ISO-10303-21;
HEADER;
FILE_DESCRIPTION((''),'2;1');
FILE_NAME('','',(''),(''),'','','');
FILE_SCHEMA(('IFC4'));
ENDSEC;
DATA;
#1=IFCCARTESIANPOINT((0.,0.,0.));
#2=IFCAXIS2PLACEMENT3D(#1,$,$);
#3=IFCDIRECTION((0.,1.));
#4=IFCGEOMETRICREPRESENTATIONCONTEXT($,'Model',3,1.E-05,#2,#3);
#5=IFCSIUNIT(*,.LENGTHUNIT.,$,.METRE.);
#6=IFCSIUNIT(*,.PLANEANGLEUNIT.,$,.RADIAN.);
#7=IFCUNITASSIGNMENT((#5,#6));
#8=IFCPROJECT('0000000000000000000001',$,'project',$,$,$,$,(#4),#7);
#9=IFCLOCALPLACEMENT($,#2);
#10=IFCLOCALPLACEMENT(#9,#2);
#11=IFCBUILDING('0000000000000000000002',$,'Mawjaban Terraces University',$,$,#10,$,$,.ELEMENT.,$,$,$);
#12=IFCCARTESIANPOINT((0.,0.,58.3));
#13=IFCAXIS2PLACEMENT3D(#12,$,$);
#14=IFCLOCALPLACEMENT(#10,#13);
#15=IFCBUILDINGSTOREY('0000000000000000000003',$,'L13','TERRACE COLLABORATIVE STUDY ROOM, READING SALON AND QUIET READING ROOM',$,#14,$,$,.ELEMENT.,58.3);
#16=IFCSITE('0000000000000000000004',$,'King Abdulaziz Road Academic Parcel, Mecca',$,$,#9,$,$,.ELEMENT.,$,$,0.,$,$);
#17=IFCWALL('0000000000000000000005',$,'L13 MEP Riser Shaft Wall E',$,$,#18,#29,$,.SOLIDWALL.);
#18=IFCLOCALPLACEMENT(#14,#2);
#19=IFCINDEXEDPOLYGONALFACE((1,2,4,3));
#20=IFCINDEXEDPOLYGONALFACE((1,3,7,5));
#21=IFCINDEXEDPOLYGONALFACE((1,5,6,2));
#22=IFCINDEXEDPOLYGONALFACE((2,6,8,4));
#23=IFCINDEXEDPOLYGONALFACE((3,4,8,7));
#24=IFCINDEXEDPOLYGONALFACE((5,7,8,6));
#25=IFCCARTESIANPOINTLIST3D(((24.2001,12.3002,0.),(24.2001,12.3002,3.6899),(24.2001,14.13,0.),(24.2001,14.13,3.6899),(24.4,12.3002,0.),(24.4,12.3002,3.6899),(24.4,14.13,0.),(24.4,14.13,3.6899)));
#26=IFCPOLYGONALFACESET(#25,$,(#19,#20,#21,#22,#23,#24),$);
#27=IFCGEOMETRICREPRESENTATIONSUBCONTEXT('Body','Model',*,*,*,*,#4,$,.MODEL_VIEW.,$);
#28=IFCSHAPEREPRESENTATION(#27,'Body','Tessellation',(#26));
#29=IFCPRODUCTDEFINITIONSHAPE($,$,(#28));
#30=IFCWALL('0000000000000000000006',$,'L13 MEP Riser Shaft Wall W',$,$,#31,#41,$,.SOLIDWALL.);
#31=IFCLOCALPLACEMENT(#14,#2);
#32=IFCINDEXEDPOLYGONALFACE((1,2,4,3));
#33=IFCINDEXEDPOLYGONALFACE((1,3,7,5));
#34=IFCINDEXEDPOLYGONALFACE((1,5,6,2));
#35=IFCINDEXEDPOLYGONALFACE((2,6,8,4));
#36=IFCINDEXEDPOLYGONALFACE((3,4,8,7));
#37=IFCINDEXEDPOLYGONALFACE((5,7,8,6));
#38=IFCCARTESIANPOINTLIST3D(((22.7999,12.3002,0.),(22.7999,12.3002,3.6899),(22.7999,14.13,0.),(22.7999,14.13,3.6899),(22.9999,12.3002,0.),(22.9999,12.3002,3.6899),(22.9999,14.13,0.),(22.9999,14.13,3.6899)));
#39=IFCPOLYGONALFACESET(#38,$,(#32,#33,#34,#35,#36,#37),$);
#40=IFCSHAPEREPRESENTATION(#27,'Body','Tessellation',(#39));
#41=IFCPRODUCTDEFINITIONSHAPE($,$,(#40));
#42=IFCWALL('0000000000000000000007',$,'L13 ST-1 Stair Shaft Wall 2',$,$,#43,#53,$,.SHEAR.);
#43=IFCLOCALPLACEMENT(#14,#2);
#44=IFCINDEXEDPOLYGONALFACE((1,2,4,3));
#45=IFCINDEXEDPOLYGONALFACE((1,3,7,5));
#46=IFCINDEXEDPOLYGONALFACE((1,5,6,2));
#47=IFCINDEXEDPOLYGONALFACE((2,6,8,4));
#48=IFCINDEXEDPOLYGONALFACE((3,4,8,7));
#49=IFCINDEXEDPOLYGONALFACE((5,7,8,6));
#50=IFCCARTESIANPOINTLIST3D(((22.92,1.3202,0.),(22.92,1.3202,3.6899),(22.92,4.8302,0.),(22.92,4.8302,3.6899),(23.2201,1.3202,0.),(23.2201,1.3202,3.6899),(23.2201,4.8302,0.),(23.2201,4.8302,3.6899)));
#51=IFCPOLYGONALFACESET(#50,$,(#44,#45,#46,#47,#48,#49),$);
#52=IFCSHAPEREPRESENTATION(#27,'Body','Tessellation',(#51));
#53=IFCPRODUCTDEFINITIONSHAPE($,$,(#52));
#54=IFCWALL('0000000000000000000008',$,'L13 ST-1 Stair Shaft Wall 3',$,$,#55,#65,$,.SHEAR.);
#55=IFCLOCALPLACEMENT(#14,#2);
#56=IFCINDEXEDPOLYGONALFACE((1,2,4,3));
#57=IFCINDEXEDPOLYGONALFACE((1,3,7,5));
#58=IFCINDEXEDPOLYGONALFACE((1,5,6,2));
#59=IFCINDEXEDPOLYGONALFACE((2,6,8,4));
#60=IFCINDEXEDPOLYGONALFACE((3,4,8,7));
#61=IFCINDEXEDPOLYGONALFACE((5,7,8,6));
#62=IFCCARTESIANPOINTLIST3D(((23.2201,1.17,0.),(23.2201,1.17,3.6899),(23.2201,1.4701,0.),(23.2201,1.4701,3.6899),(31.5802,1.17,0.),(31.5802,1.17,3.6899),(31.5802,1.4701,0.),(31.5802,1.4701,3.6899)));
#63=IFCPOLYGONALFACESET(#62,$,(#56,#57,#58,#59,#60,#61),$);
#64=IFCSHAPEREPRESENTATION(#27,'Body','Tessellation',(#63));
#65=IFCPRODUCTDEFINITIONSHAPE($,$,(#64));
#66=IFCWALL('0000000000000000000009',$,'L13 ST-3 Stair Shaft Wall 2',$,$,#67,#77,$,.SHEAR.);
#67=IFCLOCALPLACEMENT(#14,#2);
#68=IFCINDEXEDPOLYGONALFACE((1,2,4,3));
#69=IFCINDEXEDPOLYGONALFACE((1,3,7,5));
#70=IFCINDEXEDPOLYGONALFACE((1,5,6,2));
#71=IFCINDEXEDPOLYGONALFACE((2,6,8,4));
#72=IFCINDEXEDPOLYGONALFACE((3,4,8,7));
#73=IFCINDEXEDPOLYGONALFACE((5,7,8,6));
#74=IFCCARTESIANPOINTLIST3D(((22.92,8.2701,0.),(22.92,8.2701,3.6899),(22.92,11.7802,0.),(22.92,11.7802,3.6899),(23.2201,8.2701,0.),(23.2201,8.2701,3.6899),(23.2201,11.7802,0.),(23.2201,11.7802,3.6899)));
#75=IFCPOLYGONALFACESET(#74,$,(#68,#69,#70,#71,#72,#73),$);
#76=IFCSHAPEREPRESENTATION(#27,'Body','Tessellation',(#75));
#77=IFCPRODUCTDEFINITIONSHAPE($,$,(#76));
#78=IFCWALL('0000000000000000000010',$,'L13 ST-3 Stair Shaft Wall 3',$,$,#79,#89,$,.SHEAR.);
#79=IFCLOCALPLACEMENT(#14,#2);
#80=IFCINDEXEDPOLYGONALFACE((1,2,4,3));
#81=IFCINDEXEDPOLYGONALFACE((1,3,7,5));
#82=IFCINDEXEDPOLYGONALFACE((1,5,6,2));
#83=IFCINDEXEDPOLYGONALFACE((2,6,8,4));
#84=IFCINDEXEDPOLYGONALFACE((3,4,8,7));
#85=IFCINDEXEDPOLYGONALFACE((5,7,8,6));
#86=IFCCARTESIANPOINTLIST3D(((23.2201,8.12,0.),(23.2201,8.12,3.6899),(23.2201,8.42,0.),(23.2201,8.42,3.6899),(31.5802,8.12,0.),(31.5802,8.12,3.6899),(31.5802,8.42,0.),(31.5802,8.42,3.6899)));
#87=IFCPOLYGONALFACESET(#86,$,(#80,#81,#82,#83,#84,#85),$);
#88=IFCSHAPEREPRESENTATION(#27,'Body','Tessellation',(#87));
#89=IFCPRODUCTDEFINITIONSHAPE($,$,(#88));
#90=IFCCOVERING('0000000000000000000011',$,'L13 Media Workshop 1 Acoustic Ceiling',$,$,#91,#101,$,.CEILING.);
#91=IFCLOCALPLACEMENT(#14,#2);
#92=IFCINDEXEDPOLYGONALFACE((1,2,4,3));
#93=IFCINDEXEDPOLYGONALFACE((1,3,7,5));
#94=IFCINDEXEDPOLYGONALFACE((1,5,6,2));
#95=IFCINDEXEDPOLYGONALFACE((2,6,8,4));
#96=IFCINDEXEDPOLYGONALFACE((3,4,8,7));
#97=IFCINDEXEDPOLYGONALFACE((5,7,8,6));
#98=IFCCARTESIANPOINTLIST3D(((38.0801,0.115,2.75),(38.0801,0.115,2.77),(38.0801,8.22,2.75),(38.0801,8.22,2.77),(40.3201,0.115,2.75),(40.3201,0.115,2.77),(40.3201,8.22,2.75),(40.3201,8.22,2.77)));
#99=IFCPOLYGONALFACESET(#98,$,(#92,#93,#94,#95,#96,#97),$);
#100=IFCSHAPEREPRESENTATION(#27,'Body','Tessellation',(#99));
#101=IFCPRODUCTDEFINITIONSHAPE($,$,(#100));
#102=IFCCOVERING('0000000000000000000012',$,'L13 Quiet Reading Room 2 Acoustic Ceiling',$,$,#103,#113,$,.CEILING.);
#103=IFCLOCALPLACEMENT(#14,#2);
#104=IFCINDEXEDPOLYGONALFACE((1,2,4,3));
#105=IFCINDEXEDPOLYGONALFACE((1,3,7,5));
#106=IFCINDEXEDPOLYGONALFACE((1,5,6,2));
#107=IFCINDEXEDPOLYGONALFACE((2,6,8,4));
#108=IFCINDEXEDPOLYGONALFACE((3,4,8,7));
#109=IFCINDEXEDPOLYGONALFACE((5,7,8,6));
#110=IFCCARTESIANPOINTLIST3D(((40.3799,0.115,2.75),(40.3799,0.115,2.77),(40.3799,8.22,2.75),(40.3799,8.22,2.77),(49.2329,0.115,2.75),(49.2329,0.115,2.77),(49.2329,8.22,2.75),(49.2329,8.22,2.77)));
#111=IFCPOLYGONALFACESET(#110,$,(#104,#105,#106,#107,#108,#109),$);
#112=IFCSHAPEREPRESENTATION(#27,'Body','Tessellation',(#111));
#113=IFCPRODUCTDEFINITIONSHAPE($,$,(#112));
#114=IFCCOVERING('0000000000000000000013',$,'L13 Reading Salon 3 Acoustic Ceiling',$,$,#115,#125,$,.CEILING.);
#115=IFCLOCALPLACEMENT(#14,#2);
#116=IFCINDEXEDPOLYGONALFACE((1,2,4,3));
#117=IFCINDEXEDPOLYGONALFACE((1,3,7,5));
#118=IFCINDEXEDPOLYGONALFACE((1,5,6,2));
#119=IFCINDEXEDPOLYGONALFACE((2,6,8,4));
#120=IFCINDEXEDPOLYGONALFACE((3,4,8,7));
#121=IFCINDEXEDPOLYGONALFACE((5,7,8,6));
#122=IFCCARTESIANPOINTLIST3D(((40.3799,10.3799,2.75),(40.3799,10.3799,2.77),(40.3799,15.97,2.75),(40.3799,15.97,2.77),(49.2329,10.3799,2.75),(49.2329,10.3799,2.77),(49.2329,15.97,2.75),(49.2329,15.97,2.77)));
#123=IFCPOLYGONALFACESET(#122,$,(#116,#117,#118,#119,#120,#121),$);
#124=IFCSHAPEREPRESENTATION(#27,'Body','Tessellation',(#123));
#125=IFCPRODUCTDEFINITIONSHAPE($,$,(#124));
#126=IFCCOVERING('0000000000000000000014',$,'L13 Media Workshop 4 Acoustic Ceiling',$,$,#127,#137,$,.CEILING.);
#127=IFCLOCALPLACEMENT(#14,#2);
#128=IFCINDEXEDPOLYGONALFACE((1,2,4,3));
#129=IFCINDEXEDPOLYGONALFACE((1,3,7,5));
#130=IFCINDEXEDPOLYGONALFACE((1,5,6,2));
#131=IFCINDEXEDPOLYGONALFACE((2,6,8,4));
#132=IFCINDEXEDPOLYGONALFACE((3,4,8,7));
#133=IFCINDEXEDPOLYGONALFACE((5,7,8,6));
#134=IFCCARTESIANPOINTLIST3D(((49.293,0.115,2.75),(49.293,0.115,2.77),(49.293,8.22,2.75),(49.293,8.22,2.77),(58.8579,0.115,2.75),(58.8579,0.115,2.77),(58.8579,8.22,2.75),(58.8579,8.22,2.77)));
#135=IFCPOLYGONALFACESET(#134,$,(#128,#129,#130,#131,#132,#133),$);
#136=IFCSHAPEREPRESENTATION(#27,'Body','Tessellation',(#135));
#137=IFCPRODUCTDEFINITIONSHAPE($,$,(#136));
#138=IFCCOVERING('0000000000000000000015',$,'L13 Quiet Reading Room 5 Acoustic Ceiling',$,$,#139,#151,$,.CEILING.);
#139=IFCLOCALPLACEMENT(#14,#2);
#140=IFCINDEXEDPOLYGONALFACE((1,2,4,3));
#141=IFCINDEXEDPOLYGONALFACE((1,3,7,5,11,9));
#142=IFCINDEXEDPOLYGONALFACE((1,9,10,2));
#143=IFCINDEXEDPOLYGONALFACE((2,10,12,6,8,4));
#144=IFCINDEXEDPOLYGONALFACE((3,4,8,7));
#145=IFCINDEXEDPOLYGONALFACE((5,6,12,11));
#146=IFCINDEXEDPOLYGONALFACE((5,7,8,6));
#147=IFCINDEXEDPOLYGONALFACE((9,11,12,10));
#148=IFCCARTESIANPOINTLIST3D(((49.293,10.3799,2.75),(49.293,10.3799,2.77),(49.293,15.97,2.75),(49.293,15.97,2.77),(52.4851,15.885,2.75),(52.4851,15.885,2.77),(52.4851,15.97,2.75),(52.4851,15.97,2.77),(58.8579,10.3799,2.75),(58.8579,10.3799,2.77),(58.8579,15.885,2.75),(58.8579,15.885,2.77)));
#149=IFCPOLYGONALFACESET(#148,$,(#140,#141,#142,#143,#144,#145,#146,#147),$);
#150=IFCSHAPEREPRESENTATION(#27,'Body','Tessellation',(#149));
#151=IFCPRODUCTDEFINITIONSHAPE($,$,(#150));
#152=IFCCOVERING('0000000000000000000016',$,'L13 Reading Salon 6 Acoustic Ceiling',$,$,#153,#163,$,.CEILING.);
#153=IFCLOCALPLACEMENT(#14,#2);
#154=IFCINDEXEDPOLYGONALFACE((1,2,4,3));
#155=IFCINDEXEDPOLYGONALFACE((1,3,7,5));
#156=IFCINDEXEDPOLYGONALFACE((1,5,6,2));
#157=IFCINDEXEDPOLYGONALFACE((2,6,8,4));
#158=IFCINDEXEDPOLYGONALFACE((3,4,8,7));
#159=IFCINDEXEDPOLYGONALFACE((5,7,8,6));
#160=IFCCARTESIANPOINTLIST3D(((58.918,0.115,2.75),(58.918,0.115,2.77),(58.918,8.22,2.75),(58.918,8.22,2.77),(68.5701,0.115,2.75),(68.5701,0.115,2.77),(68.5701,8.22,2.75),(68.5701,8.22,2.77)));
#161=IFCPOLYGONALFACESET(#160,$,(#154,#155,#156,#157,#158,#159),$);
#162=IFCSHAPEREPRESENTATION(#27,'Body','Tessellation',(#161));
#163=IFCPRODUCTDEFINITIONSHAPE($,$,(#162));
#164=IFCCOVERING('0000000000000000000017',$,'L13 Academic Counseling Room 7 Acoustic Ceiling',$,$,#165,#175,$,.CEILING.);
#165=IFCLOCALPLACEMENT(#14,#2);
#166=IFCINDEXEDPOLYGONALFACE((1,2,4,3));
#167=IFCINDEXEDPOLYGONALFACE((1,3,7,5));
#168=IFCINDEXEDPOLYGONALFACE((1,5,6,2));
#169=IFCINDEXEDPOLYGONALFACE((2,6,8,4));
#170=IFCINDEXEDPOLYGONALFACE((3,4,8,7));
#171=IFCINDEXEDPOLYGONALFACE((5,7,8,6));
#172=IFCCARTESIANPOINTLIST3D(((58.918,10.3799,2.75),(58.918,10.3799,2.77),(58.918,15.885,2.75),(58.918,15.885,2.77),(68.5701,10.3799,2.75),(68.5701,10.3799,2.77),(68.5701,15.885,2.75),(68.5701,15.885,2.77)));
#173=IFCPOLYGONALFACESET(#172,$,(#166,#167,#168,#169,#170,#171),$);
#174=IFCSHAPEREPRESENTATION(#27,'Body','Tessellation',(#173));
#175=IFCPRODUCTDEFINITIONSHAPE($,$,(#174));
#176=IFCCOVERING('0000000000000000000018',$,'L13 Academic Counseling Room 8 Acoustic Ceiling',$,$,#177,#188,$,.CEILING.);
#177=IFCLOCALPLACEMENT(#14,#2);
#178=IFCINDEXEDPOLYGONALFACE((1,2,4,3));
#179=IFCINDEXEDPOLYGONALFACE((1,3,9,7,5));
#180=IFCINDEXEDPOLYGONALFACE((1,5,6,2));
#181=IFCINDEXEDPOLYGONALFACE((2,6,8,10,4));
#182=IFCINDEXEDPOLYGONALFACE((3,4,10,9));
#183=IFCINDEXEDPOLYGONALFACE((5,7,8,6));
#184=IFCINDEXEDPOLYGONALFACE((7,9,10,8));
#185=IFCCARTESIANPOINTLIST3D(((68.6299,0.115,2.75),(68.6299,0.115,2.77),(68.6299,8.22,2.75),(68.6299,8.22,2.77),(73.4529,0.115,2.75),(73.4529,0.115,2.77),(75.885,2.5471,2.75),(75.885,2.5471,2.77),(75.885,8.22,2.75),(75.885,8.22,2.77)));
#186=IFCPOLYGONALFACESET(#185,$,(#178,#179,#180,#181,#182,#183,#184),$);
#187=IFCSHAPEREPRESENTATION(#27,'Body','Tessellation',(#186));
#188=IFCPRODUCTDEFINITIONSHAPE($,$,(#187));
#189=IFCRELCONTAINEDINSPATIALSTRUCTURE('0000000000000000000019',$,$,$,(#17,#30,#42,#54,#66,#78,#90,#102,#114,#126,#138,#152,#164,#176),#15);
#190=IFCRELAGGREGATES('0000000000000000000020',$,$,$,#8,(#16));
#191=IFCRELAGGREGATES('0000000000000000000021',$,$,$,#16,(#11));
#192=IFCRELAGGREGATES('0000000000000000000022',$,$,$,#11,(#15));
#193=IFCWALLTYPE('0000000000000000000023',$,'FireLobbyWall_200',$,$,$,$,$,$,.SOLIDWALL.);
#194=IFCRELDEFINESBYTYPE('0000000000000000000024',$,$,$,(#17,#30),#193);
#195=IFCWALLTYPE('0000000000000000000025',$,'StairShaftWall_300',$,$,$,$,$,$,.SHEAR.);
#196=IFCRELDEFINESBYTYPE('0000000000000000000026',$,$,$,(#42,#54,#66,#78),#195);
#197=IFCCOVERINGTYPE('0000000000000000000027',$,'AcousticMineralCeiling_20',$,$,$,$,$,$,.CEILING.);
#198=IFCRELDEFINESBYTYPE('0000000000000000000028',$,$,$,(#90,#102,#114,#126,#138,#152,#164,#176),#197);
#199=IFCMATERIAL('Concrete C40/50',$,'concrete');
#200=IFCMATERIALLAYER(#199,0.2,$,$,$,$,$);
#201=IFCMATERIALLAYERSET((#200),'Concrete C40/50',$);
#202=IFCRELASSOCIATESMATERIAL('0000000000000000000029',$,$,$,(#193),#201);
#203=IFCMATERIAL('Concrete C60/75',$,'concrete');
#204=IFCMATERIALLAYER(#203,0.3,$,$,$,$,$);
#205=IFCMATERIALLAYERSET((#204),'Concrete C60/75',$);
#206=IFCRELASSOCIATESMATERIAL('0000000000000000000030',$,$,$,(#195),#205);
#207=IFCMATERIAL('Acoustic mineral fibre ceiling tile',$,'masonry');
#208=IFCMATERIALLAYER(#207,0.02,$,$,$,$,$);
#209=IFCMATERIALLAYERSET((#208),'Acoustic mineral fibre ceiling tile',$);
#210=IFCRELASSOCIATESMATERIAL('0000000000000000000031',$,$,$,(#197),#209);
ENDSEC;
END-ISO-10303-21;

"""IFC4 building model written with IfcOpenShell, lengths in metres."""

from ifc_helpers import new_model, si_unit, direction, frame, frame_2d, origin, place, context, subcontext, project, spatial, polyline, rectangle, outline, extrude, material, layer, layer_set, type_object, element, save


model = new_model("IFC4")

# Units and contexts
model_context = context("Model", 3, precision=1e-05, world=origin(), true_north=direction((0.0, 1.0)))
body_context = subcontext(model_context, "Body", "Model", "MODEL_VIEW")
ifc_project = project(units=[si_unit("LENGTHUNIT", "METRE"), si_unit("PLANEANGLEUNIT", "RADIAN")], contexts=[model_context])

# Site, building, storey
site_placement = place(None, origin())
site = spatial("IfcSite", under=ifc_project, at=site_placement, Name="King Abdulaziz Road Academic Parcel, Mecca", CompositionType="ELEMENT", RefElevation=0.0)
building_placement = place(site_placement, origin())
building = spatial("IfcBuilding", under=site, at=building_placement, Name="Mawjaban Terraces University", CompositionType="ELEMENT")
storey_placement = place(building_placement, frame((0.0, 0.0, 58.3)))
storey = spatial("IfcBuildingStorey", under=building, at=storey_placement, Name="L13", Description="TERRACE COLLABORATIVE STUDY ROOM, READING SALON AND QUIET READING ROOM", CompositionType="ELEMENT", Elevation=58.3)

# Shared definitions
ifc_material_1 = material(Name="Concrete C40/50", Category="concrete")

# Walls
ifc_layer_1 = layer(ifc_material_1, 0.2)
ifc_layer_set_1 = layer_set([ifc_layer_1], Name="Concrete C40/50")
wall_type_1 = type_object("IfcWallType", Name="FireLobbyWall_200", PredefinedType="SOLIDWALL", material=ifc_layer_set_1)
for number, where, z_axis, x_axis, name in (
    (1, (24.3, 12.3, 0.0), (0.0, 0.0, 1.0), (0.0, 1.0, 0.0), "L13 MEP Riser Shaft Wall E"),
    (2, (22.8999, 12.3, 0.0), (0.0, 0.0, 1.0), (0.0, 1.0, 0.0), "L13 MEP Riser Shaft Wall W"),
):
    element("IfcWall", number, at=place(storey_placement, frame(where, z_axis=z_axis, x_axis=x_axis)), inside=storey, type_object=wall_type_1, Name=name, PredefinedType="SOLIDWALL", context=body_context, shape_type="SweptSolid", body=[
        extrude(rectangle(XDim=1.8298, YDim=0.2, at=frame_2d((0.915, 0.0))), origin(), (0.0, 0.0, 1.0), 3.6899),
    ])
ifc_material_2 = material(Name="Concrete C60/75", Category="concrete")
ifc_layer_2 = layer(ifc_material_2, 0.3)
ifc_layer_set_2 = layer_set([ifc_layer_2], Name="Concrete C60/75")
wall_type_2 = type_object("IfcWallType", Name="StairShaftWall_300", PredefinedType="SHEAR", material=ifc_layer_set_2)
wall_1_placement = place(storey_placement, frame((23.0701, 4.8301, 0.0), z_axis=(0.0, 0.0, 1.0), x_axis=(0.0, -1.0, 0.0)))
element("IfcWall", 3, at=wall_1_placement, inside=storey, type_object=wall_type_2, Name="L13 ST-1 Stair Shaft Wall 2", PredefinedType="SHEAR", context=body_context, shape_type="SweptSolid", body=[
    extrude(rectangle(XDim=3.51, YDim=0.3, at=frame_2d((1.7549, 0.0))), origin(), (0.0, 0.0, 1.0), 3.6899),
])
wall_2_placement = place(storey_placement, frame((23.22, 1.3201, 0.0), z_axis=(0.0, 0.0, 1.0), x_axis=(1.0, 0.0, 0.0)))
element("IfcWall", 4, at=wall_2_placement, inside=storey, type_object=wall_type_2, Name="L13 ST-1 Stair Shaft Wall 3", PredefinedType="SHEAR", context=body_context, shape_type="SweptSolid", body=[
    extrude(rectangle(XDim=8.3601, YDim=0.3, at=frame_2d((4.1802, 0.0))), origin(), (0.0, 0.0, 1.0), 3.6899),
])
wall_3_placement = place(storey_placement, frame((23.0701, 11.78, 0.0), z_axis=(0.0, 0.0, 1.0), x_axis=(0.0, -1.0, 0.0)))
element("IfcWall", 5, at=wall_3_placement, inside=storey, type_object=wall_type_2, Name="L13 ST-3 Stair Shaft Wall 2", PredefinedType="SHEAR", context=body_context, shape_type="SweptSolid", body=[
    extrude(rectangle(XDim=3.51, YDim=0.3, at=frame_2d((1.7549, 0.0))), origin(), (0.0, 0.0, 1.0), 3.6899),
])
wall_4_placement = place(storey_placement, frame((23.22, 8.27, 0.0), z_axis=(0.0, 0.0, 1.0), x_axis=(1.0, 0.0, 0.0)))
element("IfcWall", 6, at=wall_4_placement, inside=storey, type_object=wall_type_2, Name="L13 ST-3 Stair Shaft Wall 3", PredefinedType="SHEAR", context=body_context, shape_type="SweptSolid", body=[
    extrude(rectangle(XDim=8.3601, YDim=0.3, at=frame_2d((4.1802, 0.0))), origin(), (0.0, 0.0, 1.0), 3.6899),
])

# Coverings
ifc_material_3 = material(Name="Acoustic mineral fibre ceiling tile", Category="masonry")
ifc_layer_3 = layer(ifc_material_3, 0.02)
ifc_layer_set_3 = layer_set([ifc_layer_3], Name="Acoustic mineral fibre ceiling tile")
covering_type_1 = type_object("IfcCoveringType", Name="AcousticMineralCeiling_20", PredefinedType="CEILING", material=ifc_layer_set_3)
covering_1_placement = place(storey_placement, frame((0.0, 0.0, 2.75)))
element("IfcCovering", 7, at=covering_1_placement, inside=storey, type_object=covering_type_1, Name="L13 Media Workshop 1 Acoustic Ceiling", PredefinedType="CEILING", context=body_context, shape_type="SweptSolid", body=[
    extrude(outline(polyline([(38.0801, 0.115), (40.3201, 0.115), (40.3201, 8.22), (38.0801, 8.22), (38.0801, 0.115)])), origin(), (0.0, 0.0, 1.0), 0.02),
])
covering_2_placement = place(storey_placement, frame((0.0, 0.0, 2.75)))
element("IfcCovering", 8, at=covering_2_placement, inside=storey, type_object=covering_type_1, Name="L13 Quiet Reading Room 2 Acoustic Ceiling", PredefinedType="CEILING", context=body_context, shape_type="SweptSolid", body=[
    extrude(outline(polyline([(40.3799, 0.115), (49.2329, 0.115), (49.2329, 8.22), (40.3799, 8.22), (40.3799, 0.115)])), origin(), (0.0, 0.0, 1.0), 0.02),
])
covering_3_placement = place(storey_placement, frame((0.0, 0.0, 2.75)))
element("IfcCovering", 9, at=covering_3_placement, inside=storey, type_object=covering_type_1, Name="L13 Reading Salon 3 Acoustic Ceiling", PredefinedType="CEILING", context=body_context, shape_type="SweptSolid", body=[
    extrude(outline(polyline([(49.2329, 10.3799), (49.2329, 15.97), (40.3799, 15.97), (40.3799, 10.3799), (49.2329, 10.3799)])), origin(), (0.0, 0.0, 1.0), 0.02),
])
covering_4_placement = place(storey_placement, frame((0.0, 0.0, 2.75)))
element("IfcCovering", 10, at=covering_4_placement, inside=storey, type_object=covering_type_1, Name="L13 Media Workshop 4 Acoustic Ceiling", PredefinedType="CEILING", context=body_context, shape_type="SweptSolid", body=[
    extrude(outline(polyline([(49.293, 0.115), (58.8579, 0.115), (58.8579, 8.22), (49.293, 8.22), (49.293, 0.115)])), origin(), (0.0, 0.0, 1.0), 0.02),
])
covering_5_placement = place(storey_placement, frame((0.0, 0.0, 2.75)))
element("IfcCovering", 11, at=covering_5_placement, inside=storey, type_object=covering_type_1, Name="L13 Quiet Reading Room 5 Acoustic Ceiling", PredefinedType="CEILING", context=body_context, shape_type="SweptSolid", body=[
    extrude(outline(polyline([(58.8579, 15.885), (52.4851, 15.885), (52.4851, 15.97), (49.293, 15.97), (49.293, 10.3799), (58.8579, 10.3799), (58.8579, 15.885)])), origin(), (0.0, 0.0, 1.0), 0.02),
])
covering_6_placement = place(storey_placement, frame((0.0, 0.0, 2.75)))
element("IfcCovering", 12, at=covering_6_placement, inside=storey, type_object=covering_type_1, Name="L13 Reading Salon 6 Acoustic Ceiling", PredefinedType="CEILING", context=body_context, shape_type="SweptSolid", body=[
    extrude(outline(polyline([(58.918, 0.115), (68.5701, 0.115), (68.5701, 8.22), (58.918, 8.22), (58.918, 0.115)])), origin(), (0.0, 0.0, 1.0), 0.02),
])
covering_7_placement = place(storey_placement, frame((0.0, 0.0, 2.75)))
element("IfcCovering", 13, at=covering_7_placement, inside=storey, type_object=covering_type_1, Name="L13 Academic Counseling Room 7 Acoustic Ceiling", PredefinedType="CEILING", context=body_context, shape_type="SweptSolid", body=[
    extrude(outline(polyline([(68.5701, 15.885), (58.918, 15.885), (58.918, 10.3799), (68.5701, 10.3799), (68.5701, 15.885)])), origin(), (0.0, 0.0, 1.0), 0.02),
])
covering_8_placement = place(storey_placement, frame((0.0, 0.0, 2.75)))
element("IfcCovering", 14, at=covering_8_placement, inside=storey, type_object=covering_type_1, Name="L13 Academic Counseling Room 8 Acoustic Ceiling", PredefinedType="CEILING", context=body_context, shape_type="SweptSolid", body=[
    extrude(outline(polyline([(68.6299, 0.115), (73.4529, 0.115), (75.885, 2.5471), (75.885, 8.22), (68.6299, 8.22), (68.6299, 0.115)])), origin(), (0.0, 0.0, 1.0), 0.02),
])

save(model, "model.ifc")
